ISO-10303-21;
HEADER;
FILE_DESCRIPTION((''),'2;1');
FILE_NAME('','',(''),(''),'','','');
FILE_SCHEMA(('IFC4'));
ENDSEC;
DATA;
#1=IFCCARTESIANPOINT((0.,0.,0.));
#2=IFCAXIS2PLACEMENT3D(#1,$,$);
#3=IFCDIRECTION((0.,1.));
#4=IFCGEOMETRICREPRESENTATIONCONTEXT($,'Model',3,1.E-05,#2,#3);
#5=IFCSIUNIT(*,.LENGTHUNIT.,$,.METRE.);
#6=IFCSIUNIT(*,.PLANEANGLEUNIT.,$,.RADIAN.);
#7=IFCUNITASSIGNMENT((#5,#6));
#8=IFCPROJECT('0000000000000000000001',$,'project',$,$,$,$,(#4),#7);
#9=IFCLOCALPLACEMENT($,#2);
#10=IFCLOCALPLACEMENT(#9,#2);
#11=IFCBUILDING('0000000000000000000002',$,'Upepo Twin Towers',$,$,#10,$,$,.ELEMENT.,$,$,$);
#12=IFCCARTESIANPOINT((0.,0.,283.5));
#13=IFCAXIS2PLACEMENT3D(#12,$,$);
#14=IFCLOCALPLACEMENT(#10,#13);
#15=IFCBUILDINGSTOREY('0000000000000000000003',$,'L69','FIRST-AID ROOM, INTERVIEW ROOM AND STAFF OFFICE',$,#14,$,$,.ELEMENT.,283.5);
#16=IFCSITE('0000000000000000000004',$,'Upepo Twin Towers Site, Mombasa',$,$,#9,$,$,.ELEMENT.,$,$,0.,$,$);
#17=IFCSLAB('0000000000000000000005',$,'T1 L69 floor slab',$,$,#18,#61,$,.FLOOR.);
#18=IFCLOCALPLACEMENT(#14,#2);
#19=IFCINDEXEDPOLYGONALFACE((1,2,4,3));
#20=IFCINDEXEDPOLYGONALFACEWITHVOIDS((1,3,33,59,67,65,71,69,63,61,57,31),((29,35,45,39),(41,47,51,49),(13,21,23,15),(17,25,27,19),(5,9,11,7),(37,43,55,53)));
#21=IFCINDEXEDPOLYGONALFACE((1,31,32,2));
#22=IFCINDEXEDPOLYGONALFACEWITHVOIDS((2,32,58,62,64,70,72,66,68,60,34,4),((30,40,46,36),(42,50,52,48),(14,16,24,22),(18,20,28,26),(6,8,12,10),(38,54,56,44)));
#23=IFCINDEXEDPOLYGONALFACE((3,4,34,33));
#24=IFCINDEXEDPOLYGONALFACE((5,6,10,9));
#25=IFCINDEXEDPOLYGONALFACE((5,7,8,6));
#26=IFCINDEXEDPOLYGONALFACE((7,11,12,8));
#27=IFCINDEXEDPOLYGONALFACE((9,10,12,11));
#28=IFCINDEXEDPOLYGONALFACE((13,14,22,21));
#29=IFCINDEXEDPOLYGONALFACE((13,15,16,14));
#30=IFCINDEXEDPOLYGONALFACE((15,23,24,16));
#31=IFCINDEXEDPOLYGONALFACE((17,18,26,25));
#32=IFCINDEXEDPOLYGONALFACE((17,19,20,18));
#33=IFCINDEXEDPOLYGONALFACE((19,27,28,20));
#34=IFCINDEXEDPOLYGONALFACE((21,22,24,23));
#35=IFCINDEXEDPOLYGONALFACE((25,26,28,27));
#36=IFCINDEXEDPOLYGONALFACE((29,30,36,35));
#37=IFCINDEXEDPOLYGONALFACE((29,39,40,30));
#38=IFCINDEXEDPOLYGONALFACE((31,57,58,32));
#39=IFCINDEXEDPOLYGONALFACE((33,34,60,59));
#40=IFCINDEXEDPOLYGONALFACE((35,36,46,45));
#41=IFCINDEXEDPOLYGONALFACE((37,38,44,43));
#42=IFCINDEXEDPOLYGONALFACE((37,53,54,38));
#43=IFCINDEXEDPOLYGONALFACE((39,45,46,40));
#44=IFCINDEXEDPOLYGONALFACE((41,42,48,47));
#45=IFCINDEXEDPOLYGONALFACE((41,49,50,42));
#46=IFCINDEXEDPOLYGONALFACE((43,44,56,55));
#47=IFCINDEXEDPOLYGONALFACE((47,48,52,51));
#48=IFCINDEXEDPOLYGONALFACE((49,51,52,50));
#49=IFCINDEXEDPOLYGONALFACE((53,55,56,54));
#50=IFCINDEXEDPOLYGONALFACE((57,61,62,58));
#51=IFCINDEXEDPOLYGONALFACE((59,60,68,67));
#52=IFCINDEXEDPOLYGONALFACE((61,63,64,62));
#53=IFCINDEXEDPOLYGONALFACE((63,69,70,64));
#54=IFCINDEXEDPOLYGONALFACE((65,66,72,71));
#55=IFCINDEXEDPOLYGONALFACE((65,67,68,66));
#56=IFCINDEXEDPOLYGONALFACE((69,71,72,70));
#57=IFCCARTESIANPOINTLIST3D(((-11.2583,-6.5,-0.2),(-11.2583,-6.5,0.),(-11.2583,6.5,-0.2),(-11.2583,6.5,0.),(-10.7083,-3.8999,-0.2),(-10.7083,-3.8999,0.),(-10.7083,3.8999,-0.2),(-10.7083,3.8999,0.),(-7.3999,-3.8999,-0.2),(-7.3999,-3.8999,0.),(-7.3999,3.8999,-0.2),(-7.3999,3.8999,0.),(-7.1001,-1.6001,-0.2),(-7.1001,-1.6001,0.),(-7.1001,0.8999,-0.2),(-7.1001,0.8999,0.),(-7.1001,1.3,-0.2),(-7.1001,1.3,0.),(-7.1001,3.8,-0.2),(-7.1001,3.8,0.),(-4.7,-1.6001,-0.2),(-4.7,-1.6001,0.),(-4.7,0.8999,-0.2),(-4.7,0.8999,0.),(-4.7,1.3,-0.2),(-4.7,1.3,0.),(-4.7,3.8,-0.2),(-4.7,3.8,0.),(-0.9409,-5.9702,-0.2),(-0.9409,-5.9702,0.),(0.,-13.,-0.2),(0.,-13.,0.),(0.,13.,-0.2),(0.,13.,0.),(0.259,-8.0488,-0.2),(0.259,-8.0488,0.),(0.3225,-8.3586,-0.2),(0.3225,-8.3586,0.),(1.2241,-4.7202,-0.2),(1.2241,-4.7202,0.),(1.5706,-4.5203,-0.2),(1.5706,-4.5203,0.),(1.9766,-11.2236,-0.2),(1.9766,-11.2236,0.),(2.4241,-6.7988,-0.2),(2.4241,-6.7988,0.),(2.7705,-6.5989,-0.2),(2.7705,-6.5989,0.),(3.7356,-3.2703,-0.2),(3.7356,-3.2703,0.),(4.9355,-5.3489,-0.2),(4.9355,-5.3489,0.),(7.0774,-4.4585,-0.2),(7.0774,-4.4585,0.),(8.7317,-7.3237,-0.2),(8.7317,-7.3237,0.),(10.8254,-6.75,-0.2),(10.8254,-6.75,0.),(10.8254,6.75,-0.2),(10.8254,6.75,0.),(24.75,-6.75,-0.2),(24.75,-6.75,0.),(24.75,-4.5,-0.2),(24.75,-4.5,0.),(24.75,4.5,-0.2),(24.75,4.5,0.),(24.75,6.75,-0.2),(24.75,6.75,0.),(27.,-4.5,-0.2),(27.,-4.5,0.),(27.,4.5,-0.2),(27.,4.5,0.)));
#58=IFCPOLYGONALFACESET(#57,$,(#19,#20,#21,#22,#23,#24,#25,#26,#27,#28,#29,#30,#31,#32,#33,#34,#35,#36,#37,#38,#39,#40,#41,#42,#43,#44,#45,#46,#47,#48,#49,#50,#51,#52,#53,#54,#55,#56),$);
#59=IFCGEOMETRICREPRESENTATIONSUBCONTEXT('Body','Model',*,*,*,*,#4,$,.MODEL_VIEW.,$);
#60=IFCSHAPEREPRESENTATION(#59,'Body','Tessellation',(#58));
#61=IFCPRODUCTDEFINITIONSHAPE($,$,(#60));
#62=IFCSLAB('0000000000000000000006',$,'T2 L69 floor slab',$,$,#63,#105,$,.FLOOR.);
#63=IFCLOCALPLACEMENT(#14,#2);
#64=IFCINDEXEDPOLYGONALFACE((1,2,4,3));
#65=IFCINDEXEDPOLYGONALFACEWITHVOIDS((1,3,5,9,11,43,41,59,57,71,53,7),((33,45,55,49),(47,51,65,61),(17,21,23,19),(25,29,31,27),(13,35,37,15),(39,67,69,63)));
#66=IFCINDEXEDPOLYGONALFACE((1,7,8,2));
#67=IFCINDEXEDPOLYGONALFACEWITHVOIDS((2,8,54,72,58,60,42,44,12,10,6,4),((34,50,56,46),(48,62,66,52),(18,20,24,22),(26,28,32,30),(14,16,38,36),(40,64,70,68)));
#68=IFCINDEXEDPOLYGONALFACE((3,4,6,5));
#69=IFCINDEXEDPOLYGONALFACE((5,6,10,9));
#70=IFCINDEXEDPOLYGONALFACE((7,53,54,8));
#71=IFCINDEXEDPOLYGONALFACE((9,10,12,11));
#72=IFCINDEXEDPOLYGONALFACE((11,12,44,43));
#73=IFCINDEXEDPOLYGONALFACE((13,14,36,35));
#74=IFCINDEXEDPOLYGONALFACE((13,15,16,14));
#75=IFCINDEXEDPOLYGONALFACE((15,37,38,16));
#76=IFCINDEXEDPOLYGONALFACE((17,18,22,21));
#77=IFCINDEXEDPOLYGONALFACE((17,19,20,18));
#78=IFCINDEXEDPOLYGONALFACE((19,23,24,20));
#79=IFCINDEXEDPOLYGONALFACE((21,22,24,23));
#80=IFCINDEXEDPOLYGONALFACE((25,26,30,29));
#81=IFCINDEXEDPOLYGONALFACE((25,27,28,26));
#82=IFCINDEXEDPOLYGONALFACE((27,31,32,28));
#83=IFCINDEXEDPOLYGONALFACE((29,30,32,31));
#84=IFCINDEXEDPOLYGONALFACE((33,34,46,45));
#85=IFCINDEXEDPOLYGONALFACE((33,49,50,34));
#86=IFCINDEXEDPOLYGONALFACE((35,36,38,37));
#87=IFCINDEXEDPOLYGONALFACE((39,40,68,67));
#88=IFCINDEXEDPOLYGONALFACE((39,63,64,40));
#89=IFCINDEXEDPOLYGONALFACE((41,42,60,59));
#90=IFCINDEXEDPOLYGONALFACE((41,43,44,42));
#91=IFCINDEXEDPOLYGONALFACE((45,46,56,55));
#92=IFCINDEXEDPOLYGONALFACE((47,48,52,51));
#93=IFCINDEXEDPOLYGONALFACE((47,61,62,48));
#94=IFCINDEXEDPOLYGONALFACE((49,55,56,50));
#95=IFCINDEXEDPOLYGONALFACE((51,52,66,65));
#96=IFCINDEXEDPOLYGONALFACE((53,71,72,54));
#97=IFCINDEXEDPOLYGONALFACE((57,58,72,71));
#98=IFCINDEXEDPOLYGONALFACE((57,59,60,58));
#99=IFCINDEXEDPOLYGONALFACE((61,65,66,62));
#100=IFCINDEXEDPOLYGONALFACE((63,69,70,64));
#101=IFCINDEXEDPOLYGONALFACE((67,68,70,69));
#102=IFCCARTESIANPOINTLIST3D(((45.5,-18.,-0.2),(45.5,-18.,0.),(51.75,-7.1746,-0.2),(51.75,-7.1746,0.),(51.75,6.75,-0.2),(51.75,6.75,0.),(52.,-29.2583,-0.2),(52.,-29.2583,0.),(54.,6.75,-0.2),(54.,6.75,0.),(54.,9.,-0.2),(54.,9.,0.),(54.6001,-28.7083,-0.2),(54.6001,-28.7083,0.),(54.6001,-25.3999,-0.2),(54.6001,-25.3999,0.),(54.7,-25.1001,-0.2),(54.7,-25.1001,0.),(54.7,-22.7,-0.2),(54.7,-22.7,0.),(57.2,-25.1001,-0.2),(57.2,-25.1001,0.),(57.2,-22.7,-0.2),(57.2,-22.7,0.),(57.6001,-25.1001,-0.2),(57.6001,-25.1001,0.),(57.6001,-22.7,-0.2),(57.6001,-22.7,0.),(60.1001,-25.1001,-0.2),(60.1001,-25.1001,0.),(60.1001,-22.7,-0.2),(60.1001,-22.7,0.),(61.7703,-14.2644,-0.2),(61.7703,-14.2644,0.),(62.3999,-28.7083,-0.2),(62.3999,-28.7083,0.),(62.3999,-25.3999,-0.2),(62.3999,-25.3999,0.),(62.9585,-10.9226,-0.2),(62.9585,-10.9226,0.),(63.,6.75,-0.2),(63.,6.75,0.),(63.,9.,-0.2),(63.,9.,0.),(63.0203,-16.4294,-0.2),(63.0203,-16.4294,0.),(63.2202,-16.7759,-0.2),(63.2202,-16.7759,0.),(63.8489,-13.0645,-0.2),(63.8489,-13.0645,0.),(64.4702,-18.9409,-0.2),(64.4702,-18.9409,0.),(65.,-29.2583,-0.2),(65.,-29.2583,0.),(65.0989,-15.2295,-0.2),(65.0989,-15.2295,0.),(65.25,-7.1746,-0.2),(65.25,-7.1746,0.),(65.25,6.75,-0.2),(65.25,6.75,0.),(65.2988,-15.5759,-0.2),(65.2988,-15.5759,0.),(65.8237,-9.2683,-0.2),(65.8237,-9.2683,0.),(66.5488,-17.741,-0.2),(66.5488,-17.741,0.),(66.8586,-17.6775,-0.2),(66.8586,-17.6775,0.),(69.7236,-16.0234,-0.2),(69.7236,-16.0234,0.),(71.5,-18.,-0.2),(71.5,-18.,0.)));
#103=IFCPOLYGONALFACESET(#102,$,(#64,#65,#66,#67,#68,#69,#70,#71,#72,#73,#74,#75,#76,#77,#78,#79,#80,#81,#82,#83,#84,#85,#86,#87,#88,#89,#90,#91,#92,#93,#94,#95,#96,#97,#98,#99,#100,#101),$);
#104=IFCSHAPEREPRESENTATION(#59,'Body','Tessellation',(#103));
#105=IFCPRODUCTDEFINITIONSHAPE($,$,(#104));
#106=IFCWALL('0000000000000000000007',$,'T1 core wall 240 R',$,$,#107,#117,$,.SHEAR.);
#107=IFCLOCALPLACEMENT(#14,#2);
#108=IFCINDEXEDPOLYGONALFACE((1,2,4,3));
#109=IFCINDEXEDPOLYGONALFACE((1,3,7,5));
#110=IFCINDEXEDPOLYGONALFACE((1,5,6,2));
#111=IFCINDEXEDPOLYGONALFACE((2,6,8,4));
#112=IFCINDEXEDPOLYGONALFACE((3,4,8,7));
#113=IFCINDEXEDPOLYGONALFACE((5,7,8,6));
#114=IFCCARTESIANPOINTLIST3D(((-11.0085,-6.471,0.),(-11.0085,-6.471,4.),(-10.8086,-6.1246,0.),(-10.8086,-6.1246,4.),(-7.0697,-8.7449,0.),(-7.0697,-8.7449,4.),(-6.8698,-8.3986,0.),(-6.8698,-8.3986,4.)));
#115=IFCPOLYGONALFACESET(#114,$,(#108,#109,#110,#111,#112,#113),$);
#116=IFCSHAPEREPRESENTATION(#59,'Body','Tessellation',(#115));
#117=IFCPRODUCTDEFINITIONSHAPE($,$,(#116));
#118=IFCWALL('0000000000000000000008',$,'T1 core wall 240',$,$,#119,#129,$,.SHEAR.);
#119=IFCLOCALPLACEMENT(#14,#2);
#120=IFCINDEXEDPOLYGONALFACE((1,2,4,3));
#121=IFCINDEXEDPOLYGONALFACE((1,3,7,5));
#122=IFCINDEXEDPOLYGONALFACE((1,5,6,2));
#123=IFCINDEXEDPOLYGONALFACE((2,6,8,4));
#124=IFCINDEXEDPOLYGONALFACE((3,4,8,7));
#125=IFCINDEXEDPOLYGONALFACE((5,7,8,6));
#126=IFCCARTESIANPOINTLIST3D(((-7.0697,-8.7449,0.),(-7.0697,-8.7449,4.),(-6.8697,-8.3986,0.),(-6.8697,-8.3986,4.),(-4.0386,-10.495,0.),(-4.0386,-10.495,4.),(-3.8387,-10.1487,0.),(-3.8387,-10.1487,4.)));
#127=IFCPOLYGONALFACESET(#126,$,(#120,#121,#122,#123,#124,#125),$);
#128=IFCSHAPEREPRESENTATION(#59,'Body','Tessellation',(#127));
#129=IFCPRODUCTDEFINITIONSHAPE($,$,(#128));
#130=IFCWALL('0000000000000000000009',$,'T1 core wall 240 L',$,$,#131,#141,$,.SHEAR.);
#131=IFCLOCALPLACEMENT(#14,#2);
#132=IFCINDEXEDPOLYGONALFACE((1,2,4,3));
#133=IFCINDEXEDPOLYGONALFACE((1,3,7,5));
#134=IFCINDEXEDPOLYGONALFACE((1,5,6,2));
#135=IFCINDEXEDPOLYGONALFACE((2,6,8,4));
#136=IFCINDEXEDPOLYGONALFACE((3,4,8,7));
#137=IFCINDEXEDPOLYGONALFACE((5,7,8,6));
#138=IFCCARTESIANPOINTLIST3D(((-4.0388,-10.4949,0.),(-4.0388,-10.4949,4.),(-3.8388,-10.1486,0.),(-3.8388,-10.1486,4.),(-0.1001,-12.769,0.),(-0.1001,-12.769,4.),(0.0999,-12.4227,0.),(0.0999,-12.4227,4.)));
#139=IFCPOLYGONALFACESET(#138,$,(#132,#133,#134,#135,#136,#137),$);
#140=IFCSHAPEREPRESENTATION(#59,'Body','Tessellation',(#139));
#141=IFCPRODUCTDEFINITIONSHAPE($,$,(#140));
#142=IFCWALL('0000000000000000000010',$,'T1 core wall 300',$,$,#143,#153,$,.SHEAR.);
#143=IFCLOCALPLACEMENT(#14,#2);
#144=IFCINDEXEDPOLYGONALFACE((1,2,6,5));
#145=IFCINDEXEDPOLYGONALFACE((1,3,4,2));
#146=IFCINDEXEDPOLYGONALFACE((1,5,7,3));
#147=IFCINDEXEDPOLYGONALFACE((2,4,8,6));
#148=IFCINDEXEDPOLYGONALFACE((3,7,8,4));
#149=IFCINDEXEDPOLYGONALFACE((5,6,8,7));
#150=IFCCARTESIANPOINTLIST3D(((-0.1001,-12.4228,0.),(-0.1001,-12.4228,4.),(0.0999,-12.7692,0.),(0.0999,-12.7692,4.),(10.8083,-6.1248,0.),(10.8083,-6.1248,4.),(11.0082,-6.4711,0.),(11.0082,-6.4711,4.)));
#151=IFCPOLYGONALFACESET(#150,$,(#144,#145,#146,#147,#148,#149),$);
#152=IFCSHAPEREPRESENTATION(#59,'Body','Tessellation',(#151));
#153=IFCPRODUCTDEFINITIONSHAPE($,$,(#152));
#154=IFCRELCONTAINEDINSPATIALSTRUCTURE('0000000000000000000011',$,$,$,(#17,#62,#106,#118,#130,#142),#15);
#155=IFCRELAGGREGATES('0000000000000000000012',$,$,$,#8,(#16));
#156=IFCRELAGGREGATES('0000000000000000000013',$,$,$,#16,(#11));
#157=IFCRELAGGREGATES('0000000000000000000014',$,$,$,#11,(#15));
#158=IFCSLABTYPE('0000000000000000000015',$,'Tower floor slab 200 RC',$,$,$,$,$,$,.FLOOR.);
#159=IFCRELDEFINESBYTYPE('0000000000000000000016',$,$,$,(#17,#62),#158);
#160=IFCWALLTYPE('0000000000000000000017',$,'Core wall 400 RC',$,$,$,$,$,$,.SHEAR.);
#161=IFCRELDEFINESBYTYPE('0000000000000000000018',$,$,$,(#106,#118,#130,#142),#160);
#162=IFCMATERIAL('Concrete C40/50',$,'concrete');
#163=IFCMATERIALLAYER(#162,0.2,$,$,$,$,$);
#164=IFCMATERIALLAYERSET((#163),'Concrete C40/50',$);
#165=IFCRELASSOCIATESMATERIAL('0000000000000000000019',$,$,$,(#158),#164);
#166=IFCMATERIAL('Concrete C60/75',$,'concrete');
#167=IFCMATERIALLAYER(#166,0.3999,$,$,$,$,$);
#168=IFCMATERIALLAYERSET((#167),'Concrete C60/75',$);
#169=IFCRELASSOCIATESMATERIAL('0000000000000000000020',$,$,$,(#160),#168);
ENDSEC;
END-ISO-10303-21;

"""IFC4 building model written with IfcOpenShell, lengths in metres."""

from ifc_helpers import new_model, si_unit, direction, frame, frame_2d, origin, place, context, subcontext, project, spatial, polyline, rectangle, outline, extrude, material, layer, layer_set, type_object, element, save


model = new_model("IFC4")

# Units and contexts
model_context = context("Model", 3, precision=1e-05, world=origin(), true_north=direction((0.0, 1.0)))
body_context = subcontext(model_context, "Body", "Model", "MODEL_VIEW")
ifc_project = project(units=[si_unit("LENGTHUNIT", "METRE"), si_unit("PLANEANGLEUNIT", "RADIAN")], contexts=[model_context])

# Site, building, storey
site_placement = place(None, origin())
site = spatial("IfcSite", under=ifc_project, at=site_placement, Name="Upepo Twin Towers Site, Mombasa", CompositionType="ELEMENT", RefElevation=0.0)
building_placement = place(site_placement, origin())
building = spatial("IfcBuilding", under=site, at=building_placement, Name="Upepo Twin Towers", CompositionType="ELEMENT")
storey_placement = place(building_placement, frame((0.0, 0.0, 283.5)))
storey = spatial("IfcBuildingStorey", under=building, at=storey_placement, Name="L69", Description="FIRST-AID ROOM, INTERVIEW ROOM AND STAFF OFFICE", CompositionType="ELEMENT", Elevation=283.5)

# Slabs
ifc_material_1 = material(Name="Concrete C40/50", Category="concrete")
ifc_layer_1 = layer(ifc_material_1, 0.2)
ifc_layer_set_1 = layer_set([ifc_layer_1], Name="Concrete C40/50")
slab_type = type_object("IfcSlabType", Name="Tower floor slab 200 RC", PredefinedType="FLOOR", material=ifc_layer_set_1)
slab_1_placement = place(storey_placement, frame((0.0, 0.0, -0.2)))
element("IfcSlab", 1, at=slab_1_placement, inside=storey, type_object=slab_type, Name="T1 L69 floor slab", PredefinedType="FLOOR", context=body_context, shape_type="SweptSolid", body=[
    extrude(outline(polyline([(0.0, -13.0), (-11.2583, -6.5), (-11.2583, 6.5), (0.0, 13.0), (10.8254, 6.75), (24.75, 6.75), (24.75, 4.5), (27.0, 4.5), (27.0, -4.5), (24.75, -4.5), (24.75, -6.75), (10.8254, -6.75), (0.0, -13.0)]), holes=[polyline([(-4.7, 3.8), (-7.1001, 3.8), (-7.1001, 1.3), (-4.7, 1.3), (-4.7, 3.8)]), polyline([(-4.7, 0.8999), (-7.1001, 0.8999), (-7.1001, -1.6001), (-4.7, -1.6001), (-4.7, 0.8999)]), polyline([(-7.3999, 3.8999), (-10.7083, 3.8999), (-10.7083, -3.8999), (-7.3999, -3.8999), (-7.3999, 3.8999)]), polyline([(-0.9409, -5.9702), (0.259, -8.0488), (2.4241, -6.7988), (1.2241, -4.7202), (-0.9409, -5.9702)]), polyline([(1.5706, -4.5203), (2.7705, -6.5989), (4.9355, -5.3489), (3.7356, -3.2703), (1.5706, -4.5203)]), polyline([(0.3225, -8.3586), (1.9766, -11.2236), (8.7317, -7.3237), (7.0774, -4.4585), (0.3225, -8.3586)])]), origin(), (0.0, 0.0, 1.0), 0.2),
])
slab_2_placement = place(storey_placement, frame((0.0, 0.0, -0.2)))
element("IfcSlab", 2, at=slab_2_placement, inside=storey, type_object=slab_type, Name="T2 L69 floor slab", PredefinedType="FLOOR", context=body_context, shape_type="SweptSolid", body=[
    extrude(outline(polyline([(71.5, -18.0), (65.0, -29.2583), (52.0, -29.2583), (45.5, -18.0), (51.75, -7.1746), (51.75, 6.75), (54.0, 6.75), (54.0, 9.0), (63.0, 9.0), (63.0, 6.75), (65.25, 6.75), (65.25, -7.1746), (71.5, -18.0)]), holes=[polyline([(54.7, -22.7), (54.7, -25.1001), (57.2, -25.1001), (57.2, -22.7), (54.7, -22.7)]), polyline([(57.6001, -22.7), (57.6001, -25.1001), (60.1001, -25.1001), (60.1001, -22.7), (57.6001, -22.7)]), polyline([(54.6001, -25.3999), (54.6001, -28.7083), (62.3999, -28.7083), (62.3999, -25.3999), (54.6001, -25.3999)]), polyline([(64.4702, -18.9409), (66.5488, -17.741), (65.2988, -15.5759), (63.2202, -16.7759), (64.4702, -18.9409)]), polyline([(63.0203, -16.4294), (65.0989, -15.2295), (63.8489, -13.0645), (61.7703, -14.2644), (63.0203, -16.4294)]), polyline([(66.8586, -17.6775), (69.7236, -16.0234), (65.8237, -9.2683), (62.9585, -10.9226), (66.8586, -17.6775)])]), origin(), (0.0, 0.0, 1.0), 0.2),
])

# Walls
ifc_material_2 = material(Name="Concrete C60/75", Category="concrete")
ifc_layer_2 = layer(ifc_material_2, 0.3999)
ifc_layer_set_2 = layer_set([ifc_layer_2], Name="Concrete C60/75")
wall_type_1 = type_object("IfcWallType", Name="Core wall 400 RC", PredefinedType="SHEAR", material=ifc_layer_set_2)
wall_1_placement = place(storey_placement, frame((-10.9084, -6.2979, 0.0), z_axis=(0.0, 0.0, 1.0), x_axis=(0.866035, -0.499984, 0.0)))
element("IfcWall", 3, at=wall_1_placement, inside=storey, type_object=wall_type_1, Name="T1 core wall 240 R", PredefinedType="SHEAR", context=body_context, shape_type="SweptSolid", body=[
    extrude(rectangle(XDim=4.5481, YDim=0.3999, at=frame_2d((2.2739, 0.0))), origin(), (0.0, 0.0, 1.0), 4.0),
])
wall_2_placement = place(storey_placement, frame((-6.9697, -8.5718, 0.0), z_axis=(0.0, 0.0, 1.0), x_axis=(0.866019, -0.50001, 0.0)))
element("IfcWall", 4, at=wall_2_placement, inside=storey, type_object=wall_type_1, Name="T1 core wall 240", PredefinedType="SHEAR", context=body_context, shape_type="SweptSolid", body=[
    extrude(rectangle(XDim=3.5, YDim=0.3999, at=frame_2d((1.75, 0.0))), origin(), (0.0, 0.0, 1.0), 4.0),
])
wall_3_placement = place(storey_placement, frame((-3.9387, -10.3218, 0.0), z_axis=(0.0, 0.0, 1.0), x_axis=(0.866011, -0.500024, 0.0)))
element("IfcWall", 5, at=wall_3_placement, inside=storey, type_object=wall_type_1, Name="T1 core wall 240 L", PredefinedType="SHEAR", context=body_context, shape_type="SweptSolid", body=[
    extrude(rectangle(XDim=4.5481, YDim=0.3999, at=frame_2d((2.2739, 0.0))), origin(), (0.0, 0.0, 1.0), 4.0),
])
wall_4_placement = place(storey_placement, frame((0.0, -12.5959, 0.0), z_axis=(0.0, 0.0, 1.0), x_axis=(0.866022, 0.500006, 0.0)))
element("IfcWall", 6, at=wall_4_placement, inside=storey, type_object=wall_type_1, Name="T1 core wall 300", PredefinedType="SHEAR", context=body_context, shape_type="SweptSolid", body=[
    extrude(rectangle(XDim=12.5959, YDim=0.3999, at=frame_2d((6.2979, 0.0))), origin(), (0.0, 0.0, 1.0), 4.0),
])

save(model, "model.ifc")
